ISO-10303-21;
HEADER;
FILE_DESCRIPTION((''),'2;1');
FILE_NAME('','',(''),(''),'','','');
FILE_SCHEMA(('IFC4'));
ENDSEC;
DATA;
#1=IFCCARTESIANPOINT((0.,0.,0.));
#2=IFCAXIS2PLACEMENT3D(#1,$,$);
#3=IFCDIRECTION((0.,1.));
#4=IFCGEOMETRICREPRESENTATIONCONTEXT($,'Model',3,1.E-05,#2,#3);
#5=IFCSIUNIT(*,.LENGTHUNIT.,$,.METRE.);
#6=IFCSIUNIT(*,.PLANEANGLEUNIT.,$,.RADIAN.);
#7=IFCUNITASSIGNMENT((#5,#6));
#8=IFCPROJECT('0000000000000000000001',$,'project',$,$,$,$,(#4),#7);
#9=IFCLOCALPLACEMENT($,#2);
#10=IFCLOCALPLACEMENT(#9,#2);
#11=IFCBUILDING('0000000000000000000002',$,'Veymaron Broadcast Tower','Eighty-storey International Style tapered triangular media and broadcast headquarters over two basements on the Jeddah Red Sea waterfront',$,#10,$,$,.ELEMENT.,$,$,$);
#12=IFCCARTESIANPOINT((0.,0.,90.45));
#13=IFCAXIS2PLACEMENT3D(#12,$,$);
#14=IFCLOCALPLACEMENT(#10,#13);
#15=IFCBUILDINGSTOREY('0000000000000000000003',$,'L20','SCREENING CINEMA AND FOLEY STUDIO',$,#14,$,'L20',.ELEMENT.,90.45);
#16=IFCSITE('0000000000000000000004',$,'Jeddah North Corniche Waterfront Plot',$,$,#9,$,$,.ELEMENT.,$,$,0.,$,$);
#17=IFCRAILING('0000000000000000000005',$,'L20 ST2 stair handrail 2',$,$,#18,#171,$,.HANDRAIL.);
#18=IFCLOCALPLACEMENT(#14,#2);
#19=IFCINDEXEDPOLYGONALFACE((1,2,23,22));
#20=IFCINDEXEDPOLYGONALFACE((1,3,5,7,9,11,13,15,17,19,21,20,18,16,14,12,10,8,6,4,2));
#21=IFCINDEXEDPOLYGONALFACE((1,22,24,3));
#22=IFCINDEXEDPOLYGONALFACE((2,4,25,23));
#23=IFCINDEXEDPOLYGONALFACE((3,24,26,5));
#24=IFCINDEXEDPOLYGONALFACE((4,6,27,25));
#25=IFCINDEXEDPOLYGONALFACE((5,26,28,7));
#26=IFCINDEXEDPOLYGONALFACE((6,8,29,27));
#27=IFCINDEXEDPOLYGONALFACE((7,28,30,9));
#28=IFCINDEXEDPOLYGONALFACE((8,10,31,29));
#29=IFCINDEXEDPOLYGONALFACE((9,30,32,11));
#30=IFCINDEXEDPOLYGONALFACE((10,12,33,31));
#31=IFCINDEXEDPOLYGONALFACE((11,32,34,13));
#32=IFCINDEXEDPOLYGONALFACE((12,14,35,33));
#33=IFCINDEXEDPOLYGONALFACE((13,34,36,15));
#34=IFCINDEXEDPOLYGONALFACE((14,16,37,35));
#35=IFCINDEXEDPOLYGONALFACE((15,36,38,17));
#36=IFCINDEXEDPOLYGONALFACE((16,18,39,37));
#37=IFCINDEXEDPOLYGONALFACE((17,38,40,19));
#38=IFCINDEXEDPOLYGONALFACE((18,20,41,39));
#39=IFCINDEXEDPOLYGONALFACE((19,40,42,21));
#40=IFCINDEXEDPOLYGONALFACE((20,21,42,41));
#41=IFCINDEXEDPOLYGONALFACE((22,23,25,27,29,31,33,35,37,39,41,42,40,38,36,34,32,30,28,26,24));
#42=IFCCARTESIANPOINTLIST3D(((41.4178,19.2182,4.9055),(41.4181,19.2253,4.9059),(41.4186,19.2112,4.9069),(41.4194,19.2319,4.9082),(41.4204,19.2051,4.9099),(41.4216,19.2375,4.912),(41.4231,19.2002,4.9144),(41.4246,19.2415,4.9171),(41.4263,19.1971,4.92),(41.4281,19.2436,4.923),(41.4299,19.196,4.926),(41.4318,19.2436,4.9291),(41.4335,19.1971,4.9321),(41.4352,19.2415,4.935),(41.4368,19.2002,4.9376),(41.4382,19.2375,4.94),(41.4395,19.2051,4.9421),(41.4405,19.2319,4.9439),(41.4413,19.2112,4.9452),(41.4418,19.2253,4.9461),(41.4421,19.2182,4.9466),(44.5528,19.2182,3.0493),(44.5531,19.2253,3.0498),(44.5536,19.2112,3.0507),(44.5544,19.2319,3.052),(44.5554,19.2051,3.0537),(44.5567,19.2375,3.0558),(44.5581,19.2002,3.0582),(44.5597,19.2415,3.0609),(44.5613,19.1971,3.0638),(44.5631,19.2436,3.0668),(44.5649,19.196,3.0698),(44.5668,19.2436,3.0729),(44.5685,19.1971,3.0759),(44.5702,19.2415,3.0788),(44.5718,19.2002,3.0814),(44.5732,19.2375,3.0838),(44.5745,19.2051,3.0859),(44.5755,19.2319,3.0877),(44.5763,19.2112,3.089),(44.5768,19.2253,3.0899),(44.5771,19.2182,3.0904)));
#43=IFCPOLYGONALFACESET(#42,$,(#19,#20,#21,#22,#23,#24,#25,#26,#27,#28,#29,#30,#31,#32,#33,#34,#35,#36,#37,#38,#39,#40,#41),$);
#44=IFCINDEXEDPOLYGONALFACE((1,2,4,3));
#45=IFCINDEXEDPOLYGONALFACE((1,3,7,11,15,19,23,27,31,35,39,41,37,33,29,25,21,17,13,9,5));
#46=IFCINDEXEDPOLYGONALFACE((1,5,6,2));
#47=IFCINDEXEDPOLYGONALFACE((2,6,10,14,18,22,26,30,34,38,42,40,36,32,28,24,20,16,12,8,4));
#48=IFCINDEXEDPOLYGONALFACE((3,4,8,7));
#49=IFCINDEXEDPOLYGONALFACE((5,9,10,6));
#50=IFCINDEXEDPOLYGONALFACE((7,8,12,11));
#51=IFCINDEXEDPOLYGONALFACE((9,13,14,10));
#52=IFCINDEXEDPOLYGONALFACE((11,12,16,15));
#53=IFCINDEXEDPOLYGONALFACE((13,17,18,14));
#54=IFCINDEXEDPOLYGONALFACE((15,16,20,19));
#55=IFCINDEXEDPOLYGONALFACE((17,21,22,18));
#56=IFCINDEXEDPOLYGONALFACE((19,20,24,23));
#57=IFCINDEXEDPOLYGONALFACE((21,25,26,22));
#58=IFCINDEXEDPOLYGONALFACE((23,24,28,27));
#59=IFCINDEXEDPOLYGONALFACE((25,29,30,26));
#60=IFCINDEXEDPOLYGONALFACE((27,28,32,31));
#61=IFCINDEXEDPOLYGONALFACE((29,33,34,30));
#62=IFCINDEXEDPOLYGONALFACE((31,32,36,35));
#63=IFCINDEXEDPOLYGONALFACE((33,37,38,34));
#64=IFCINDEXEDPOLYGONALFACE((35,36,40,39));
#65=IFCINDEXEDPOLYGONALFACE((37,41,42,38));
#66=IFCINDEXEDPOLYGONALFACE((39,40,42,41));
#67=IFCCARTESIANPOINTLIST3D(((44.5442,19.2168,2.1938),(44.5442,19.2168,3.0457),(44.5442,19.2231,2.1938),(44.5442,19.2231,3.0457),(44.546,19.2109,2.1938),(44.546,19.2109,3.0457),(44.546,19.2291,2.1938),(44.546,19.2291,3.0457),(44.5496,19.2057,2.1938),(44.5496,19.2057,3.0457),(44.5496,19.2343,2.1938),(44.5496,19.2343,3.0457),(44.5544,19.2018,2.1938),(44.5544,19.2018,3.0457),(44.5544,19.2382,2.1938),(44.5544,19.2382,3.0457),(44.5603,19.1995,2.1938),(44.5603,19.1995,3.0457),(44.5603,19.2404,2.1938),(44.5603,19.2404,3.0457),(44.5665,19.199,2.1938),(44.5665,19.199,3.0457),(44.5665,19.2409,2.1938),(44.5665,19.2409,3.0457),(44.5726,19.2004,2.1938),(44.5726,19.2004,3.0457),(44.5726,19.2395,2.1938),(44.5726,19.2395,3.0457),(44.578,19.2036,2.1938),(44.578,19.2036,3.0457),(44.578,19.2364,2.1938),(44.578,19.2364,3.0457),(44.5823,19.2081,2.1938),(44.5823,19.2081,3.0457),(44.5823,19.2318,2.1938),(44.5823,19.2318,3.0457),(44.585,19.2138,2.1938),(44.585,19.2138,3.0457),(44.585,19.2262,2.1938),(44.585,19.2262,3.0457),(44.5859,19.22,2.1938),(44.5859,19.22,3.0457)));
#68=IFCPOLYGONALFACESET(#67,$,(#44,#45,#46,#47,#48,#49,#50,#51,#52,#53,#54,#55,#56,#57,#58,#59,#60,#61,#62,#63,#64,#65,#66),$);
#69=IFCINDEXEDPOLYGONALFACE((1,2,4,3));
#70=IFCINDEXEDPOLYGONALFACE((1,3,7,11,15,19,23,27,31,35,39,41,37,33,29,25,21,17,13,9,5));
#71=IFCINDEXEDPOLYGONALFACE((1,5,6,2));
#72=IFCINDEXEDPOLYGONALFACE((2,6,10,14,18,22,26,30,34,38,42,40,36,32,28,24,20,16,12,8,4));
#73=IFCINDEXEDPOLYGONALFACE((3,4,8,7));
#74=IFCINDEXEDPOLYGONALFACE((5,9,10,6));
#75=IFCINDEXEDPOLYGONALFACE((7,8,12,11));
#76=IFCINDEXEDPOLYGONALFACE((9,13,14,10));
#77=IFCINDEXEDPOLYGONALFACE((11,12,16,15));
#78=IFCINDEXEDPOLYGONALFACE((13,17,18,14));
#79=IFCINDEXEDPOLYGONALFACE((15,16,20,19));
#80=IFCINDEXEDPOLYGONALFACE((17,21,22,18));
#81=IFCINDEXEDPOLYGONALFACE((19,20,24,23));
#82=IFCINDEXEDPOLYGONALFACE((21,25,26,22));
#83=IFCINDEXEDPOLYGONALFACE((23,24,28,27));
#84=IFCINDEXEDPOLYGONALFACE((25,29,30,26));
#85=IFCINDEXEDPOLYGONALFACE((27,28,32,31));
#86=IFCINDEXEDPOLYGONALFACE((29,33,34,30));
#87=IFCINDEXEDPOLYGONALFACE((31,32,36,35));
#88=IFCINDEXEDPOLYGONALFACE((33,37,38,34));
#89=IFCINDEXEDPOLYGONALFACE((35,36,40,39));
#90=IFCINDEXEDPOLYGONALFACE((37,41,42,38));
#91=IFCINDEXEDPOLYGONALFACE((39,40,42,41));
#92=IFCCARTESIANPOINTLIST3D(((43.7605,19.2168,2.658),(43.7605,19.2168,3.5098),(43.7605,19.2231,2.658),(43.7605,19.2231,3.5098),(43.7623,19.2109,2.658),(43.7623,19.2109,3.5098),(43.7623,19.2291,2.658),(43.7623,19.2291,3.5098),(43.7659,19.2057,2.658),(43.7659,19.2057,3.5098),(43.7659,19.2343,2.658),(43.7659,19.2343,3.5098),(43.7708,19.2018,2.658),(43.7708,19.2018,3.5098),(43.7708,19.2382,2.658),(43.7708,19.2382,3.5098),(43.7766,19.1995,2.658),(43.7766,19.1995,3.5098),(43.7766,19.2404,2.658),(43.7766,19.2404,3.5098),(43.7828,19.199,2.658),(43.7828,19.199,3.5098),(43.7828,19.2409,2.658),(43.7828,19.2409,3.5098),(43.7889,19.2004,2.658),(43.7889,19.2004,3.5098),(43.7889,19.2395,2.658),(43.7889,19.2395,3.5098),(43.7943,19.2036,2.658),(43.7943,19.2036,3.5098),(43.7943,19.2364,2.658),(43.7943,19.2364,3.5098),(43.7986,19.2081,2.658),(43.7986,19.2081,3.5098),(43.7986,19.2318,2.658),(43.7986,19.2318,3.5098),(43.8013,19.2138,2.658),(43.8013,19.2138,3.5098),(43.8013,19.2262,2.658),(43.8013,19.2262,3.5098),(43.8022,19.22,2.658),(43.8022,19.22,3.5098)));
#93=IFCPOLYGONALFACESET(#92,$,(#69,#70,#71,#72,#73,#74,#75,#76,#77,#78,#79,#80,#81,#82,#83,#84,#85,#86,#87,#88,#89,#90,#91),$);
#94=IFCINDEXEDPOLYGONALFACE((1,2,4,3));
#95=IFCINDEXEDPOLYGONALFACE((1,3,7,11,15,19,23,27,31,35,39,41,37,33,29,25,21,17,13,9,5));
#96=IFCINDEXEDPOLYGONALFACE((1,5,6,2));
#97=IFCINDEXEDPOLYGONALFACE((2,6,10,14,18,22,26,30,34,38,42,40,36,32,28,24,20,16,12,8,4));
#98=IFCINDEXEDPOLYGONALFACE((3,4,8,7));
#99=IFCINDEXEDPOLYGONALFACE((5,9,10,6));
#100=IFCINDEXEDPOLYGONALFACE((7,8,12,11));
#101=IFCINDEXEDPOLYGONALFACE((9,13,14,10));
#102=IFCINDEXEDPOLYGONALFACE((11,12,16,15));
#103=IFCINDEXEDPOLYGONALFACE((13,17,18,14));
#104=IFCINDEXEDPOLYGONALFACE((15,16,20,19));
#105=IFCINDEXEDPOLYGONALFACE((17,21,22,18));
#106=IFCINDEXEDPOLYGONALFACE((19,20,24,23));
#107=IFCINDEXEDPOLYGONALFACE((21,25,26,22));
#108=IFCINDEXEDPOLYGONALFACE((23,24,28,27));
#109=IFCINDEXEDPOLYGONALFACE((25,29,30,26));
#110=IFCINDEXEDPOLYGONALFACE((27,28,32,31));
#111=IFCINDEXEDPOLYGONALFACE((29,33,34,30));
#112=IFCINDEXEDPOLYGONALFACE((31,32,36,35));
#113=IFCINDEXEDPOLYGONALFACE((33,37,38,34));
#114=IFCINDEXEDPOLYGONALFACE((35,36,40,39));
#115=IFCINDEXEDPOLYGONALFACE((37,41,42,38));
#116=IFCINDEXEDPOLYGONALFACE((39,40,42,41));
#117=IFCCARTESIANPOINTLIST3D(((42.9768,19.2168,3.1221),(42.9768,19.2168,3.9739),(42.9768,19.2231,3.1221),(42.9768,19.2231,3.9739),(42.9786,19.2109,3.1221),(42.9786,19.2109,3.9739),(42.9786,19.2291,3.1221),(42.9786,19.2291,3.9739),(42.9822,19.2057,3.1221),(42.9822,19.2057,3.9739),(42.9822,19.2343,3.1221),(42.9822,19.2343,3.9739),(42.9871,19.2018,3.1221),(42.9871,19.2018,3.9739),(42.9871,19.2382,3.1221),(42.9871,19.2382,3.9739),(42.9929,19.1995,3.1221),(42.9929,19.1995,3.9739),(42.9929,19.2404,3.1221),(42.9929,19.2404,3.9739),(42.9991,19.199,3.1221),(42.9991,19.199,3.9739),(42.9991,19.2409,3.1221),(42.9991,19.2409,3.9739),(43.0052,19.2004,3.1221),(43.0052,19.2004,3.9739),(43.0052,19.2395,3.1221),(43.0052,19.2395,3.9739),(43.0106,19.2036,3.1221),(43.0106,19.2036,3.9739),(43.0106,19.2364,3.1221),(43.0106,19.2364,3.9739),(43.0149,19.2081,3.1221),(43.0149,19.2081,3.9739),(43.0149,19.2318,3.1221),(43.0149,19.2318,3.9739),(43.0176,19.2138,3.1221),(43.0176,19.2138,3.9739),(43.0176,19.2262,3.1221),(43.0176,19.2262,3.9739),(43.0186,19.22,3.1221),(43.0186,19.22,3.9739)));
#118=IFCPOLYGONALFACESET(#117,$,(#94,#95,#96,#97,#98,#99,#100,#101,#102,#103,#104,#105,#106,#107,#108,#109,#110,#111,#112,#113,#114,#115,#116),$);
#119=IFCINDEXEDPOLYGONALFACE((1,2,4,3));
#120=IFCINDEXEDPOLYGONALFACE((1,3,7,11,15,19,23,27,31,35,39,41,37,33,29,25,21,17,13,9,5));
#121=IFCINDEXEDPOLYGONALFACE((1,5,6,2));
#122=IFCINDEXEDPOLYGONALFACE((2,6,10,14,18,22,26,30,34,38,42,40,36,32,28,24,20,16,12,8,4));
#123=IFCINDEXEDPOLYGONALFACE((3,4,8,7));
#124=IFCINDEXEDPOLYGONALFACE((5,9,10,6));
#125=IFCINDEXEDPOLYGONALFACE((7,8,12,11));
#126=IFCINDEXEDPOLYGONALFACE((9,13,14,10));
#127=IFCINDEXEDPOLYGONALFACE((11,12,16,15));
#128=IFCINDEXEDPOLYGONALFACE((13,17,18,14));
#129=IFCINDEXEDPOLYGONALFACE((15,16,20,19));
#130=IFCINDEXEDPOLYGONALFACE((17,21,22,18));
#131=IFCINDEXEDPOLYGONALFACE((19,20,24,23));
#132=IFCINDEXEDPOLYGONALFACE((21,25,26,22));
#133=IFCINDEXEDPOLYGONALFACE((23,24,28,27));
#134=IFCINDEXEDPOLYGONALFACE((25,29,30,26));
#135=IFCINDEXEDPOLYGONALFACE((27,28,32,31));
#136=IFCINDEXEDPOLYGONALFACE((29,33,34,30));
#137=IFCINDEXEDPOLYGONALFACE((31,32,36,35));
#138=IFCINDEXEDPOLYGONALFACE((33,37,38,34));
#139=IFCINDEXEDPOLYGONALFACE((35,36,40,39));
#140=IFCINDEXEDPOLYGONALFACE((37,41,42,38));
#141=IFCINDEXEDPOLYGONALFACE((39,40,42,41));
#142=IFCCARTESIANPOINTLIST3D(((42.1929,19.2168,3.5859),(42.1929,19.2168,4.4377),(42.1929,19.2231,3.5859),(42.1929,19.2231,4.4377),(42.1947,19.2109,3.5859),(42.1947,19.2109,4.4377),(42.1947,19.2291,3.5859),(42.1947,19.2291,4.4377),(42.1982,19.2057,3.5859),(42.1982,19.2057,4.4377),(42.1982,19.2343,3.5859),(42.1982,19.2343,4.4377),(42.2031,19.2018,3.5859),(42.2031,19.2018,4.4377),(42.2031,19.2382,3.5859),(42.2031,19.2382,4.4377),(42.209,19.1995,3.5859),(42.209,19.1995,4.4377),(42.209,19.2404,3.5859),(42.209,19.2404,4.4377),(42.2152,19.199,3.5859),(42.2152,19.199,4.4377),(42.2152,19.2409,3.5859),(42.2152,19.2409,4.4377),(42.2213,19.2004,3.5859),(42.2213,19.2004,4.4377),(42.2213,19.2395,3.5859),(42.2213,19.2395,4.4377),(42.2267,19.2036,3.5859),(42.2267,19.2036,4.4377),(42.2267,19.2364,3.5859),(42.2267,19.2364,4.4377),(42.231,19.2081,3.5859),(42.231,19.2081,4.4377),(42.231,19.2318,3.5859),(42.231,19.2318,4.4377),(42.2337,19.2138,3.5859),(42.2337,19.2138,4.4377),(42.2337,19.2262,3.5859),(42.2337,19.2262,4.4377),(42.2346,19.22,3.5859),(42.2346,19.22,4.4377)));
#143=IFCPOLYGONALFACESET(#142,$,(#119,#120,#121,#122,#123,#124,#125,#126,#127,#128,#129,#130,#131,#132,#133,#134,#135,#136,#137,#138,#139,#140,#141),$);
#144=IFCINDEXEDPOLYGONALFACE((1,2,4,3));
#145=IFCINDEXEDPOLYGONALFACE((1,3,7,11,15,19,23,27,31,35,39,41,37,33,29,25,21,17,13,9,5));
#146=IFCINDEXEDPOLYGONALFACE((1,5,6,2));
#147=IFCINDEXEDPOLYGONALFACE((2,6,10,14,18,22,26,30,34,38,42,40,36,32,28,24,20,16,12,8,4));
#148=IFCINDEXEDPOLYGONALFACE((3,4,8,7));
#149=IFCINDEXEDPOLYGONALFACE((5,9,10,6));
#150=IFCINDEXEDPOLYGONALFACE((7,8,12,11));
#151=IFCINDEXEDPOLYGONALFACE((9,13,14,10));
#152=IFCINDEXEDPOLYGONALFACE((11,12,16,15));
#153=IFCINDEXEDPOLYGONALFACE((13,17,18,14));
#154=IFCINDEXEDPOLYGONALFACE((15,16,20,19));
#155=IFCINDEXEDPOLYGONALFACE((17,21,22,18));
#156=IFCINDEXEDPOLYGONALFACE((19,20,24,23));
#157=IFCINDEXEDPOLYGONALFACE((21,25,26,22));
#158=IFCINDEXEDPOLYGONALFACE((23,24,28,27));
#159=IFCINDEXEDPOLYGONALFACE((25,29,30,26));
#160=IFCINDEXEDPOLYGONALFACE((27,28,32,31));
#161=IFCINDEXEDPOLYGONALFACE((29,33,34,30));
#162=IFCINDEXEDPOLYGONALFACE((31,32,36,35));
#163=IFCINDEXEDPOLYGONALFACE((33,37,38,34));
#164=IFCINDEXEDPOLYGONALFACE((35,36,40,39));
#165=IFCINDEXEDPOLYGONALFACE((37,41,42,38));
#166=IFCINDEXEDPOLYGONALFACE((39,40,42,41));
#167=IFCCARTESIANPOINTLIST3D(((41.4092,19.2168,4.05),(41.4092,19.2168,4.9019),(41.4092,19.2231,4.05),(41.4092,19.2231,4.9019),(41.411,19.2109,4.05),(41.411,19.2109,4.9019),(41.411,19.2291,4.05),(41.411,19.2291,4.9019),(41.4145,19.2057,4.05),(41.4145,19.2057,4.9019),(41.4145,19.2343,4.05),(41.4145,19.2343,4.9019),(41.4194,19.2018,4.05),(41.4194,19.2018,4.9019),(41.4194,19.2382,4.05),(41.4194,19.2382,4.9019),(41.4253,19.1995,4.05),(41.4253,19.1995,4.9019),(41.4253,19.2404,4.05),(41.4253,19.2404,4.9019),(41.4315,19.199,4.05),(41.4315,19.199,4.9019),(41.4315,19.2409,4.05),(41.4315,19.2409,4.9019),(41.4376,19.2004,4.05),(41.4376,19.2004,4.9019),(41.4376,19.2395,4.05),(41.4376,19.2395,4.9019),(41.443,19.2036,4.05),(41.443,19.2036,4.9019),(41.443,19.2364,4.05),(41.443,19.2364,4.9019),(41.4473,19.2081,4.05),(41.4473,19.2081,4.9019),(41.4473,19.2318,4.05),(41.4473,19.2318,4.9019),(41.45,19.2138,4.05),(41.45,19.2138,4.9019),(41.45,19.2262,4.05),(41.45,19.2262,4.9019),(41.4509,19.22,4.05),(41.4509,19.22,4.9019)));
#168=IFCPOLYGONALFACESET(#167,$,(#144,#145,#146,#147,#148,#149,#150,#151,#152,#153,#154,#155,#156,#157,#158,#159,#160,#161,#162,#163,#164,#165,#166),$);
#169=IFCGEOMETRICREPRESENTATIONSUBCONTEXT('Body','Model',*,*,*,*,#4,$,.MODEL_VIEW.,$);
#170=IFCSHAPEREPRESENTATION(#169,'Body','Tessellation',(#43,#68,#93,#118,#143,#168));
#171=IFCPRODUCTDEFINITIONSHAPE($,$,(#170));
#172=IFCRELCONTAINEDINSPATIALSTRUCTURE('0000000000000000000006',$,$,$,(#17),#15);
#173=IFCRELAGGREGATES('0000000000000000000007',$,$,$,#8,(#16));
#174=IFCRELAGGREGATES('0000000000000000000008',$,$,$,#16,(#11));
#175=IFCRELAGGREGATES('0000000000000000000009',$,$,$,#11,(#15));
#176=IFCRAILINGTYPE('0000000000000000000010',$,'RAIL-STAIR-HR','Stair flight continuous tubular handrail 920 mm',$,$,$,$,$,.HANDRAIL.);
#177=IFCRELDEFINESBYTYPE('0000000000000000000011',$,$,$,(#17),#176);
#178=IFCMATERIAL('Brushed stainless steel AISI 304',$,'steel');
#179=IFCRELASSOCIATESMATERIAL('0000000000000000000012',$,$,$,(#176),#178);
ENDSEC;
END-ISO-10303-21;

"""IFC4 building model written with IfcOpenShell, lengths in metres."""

from ifc_helpers import new_model, si_unit, direction, frame, origin, origin_2d, place, context, subcontext, project, spatial, circle, extrude, material, type_object, element, save


model = new_model("IFC4")

# Units and contexts
model_context = context("Model", 3, precision=1e-05, world=origin(), true_north=direction((0.0, 1.0)))
body_context = subcontext(model_context, "Body", "Model", "MODEL_VIEW")
ifc_project = project(units=[si_unit("LENGTHUNIT", "METRE"), si_unit("PLANEANGLEUNIT", "RADIAN")], contexts=[model_context])

# Site, building, storey
site_placement = place(None, origin())
site = spatial("IfcSite", under=ifc_project, at=site_placement, Name="Jeddah North Corniche Waterfront Plot", CompositionType="ELEMENT", RefElevation=0.0)
building_placement = place(site_placement, origin())
building = spatial("IfcBuilding", under=site, at=building_placement, Name="Veymaron Broadcast Tower", Description="Eighty-storey International Style tapered triangular media and broadcast headquarters over two basements on the Jeddah Red Sea waterfront", CompositionType="ELEMENT")
storey_placement = place(building_placement, frame((0.0, 0.0, 90.45)))
storey = spatial("IfcBuildingStorey", under=building, at=storey_placement, Name="L20", Description="SCREENING CINEMA AND FOLEY STUDIO", LongName="L20", CompositionType="ELEMENT", Elevation=90.45)

# Railing
ifc_material_1 = material(Name="Brushed stainless steel AISI 304", Category="steel")
railing_type_1 = type_object("IfcRailingType", Name="RAIL-STAIR-HR", Description="Stair flight continuous tubular handrail 920 mm", PredefinedType="HANDRAIL", material=ifc_material_1)
railing_1_placement = place(storey_placement, frame((44.5649, 19.22, 2.1938)))
element("IfcRailing", 1, at=railing_1_placement, inside=storey, type_object=railing_type_1, Name="L20 ST2 stair handrail 2", PredefinedType="HANDRAIL", context=body_context, shape_type="SweptSolid", body=[
    extrude(circle(Radius=0.0239, at=origin_2d()), frame((0.0, 0.0, 0.876), z_axis=(-0.860482, 0.0, 0.509481), x_axis=(0.0, -1.0, 0.0)), (0.0, 0.0, 1.0), 3.6433),
    extrude(circle(Radius=0.021, at=origin_2d()), origin(), (0.0, 0.0, 1.0), 0.8518),
    extrude(circle(Radius=0.021, at=origin_2d()), frame((-0.7837, 0.0, 0.4641)), (0.0, 0.0, 1.0), 0.8518),
    extrude(circle(Radius=0.021, at=origin_2d()), frame((-1.5674, 0.0, 0.9282)), (0.0, 0.0, 1.0), 0.8518),
    extrude(circle(Radius=0.021, at=origin_2d()), frame((-2.3513, 0.0, 1.3921)), (0.0, 0.0, 1.0), 0.8518),
    extrude(circle(Radius=0.021, at=origin_2d()), frame((-3.135, 0.0, 1.8562)), (0.0, 0.0, 1.0), 0.8518),
])

save(model, "model.ifc")
